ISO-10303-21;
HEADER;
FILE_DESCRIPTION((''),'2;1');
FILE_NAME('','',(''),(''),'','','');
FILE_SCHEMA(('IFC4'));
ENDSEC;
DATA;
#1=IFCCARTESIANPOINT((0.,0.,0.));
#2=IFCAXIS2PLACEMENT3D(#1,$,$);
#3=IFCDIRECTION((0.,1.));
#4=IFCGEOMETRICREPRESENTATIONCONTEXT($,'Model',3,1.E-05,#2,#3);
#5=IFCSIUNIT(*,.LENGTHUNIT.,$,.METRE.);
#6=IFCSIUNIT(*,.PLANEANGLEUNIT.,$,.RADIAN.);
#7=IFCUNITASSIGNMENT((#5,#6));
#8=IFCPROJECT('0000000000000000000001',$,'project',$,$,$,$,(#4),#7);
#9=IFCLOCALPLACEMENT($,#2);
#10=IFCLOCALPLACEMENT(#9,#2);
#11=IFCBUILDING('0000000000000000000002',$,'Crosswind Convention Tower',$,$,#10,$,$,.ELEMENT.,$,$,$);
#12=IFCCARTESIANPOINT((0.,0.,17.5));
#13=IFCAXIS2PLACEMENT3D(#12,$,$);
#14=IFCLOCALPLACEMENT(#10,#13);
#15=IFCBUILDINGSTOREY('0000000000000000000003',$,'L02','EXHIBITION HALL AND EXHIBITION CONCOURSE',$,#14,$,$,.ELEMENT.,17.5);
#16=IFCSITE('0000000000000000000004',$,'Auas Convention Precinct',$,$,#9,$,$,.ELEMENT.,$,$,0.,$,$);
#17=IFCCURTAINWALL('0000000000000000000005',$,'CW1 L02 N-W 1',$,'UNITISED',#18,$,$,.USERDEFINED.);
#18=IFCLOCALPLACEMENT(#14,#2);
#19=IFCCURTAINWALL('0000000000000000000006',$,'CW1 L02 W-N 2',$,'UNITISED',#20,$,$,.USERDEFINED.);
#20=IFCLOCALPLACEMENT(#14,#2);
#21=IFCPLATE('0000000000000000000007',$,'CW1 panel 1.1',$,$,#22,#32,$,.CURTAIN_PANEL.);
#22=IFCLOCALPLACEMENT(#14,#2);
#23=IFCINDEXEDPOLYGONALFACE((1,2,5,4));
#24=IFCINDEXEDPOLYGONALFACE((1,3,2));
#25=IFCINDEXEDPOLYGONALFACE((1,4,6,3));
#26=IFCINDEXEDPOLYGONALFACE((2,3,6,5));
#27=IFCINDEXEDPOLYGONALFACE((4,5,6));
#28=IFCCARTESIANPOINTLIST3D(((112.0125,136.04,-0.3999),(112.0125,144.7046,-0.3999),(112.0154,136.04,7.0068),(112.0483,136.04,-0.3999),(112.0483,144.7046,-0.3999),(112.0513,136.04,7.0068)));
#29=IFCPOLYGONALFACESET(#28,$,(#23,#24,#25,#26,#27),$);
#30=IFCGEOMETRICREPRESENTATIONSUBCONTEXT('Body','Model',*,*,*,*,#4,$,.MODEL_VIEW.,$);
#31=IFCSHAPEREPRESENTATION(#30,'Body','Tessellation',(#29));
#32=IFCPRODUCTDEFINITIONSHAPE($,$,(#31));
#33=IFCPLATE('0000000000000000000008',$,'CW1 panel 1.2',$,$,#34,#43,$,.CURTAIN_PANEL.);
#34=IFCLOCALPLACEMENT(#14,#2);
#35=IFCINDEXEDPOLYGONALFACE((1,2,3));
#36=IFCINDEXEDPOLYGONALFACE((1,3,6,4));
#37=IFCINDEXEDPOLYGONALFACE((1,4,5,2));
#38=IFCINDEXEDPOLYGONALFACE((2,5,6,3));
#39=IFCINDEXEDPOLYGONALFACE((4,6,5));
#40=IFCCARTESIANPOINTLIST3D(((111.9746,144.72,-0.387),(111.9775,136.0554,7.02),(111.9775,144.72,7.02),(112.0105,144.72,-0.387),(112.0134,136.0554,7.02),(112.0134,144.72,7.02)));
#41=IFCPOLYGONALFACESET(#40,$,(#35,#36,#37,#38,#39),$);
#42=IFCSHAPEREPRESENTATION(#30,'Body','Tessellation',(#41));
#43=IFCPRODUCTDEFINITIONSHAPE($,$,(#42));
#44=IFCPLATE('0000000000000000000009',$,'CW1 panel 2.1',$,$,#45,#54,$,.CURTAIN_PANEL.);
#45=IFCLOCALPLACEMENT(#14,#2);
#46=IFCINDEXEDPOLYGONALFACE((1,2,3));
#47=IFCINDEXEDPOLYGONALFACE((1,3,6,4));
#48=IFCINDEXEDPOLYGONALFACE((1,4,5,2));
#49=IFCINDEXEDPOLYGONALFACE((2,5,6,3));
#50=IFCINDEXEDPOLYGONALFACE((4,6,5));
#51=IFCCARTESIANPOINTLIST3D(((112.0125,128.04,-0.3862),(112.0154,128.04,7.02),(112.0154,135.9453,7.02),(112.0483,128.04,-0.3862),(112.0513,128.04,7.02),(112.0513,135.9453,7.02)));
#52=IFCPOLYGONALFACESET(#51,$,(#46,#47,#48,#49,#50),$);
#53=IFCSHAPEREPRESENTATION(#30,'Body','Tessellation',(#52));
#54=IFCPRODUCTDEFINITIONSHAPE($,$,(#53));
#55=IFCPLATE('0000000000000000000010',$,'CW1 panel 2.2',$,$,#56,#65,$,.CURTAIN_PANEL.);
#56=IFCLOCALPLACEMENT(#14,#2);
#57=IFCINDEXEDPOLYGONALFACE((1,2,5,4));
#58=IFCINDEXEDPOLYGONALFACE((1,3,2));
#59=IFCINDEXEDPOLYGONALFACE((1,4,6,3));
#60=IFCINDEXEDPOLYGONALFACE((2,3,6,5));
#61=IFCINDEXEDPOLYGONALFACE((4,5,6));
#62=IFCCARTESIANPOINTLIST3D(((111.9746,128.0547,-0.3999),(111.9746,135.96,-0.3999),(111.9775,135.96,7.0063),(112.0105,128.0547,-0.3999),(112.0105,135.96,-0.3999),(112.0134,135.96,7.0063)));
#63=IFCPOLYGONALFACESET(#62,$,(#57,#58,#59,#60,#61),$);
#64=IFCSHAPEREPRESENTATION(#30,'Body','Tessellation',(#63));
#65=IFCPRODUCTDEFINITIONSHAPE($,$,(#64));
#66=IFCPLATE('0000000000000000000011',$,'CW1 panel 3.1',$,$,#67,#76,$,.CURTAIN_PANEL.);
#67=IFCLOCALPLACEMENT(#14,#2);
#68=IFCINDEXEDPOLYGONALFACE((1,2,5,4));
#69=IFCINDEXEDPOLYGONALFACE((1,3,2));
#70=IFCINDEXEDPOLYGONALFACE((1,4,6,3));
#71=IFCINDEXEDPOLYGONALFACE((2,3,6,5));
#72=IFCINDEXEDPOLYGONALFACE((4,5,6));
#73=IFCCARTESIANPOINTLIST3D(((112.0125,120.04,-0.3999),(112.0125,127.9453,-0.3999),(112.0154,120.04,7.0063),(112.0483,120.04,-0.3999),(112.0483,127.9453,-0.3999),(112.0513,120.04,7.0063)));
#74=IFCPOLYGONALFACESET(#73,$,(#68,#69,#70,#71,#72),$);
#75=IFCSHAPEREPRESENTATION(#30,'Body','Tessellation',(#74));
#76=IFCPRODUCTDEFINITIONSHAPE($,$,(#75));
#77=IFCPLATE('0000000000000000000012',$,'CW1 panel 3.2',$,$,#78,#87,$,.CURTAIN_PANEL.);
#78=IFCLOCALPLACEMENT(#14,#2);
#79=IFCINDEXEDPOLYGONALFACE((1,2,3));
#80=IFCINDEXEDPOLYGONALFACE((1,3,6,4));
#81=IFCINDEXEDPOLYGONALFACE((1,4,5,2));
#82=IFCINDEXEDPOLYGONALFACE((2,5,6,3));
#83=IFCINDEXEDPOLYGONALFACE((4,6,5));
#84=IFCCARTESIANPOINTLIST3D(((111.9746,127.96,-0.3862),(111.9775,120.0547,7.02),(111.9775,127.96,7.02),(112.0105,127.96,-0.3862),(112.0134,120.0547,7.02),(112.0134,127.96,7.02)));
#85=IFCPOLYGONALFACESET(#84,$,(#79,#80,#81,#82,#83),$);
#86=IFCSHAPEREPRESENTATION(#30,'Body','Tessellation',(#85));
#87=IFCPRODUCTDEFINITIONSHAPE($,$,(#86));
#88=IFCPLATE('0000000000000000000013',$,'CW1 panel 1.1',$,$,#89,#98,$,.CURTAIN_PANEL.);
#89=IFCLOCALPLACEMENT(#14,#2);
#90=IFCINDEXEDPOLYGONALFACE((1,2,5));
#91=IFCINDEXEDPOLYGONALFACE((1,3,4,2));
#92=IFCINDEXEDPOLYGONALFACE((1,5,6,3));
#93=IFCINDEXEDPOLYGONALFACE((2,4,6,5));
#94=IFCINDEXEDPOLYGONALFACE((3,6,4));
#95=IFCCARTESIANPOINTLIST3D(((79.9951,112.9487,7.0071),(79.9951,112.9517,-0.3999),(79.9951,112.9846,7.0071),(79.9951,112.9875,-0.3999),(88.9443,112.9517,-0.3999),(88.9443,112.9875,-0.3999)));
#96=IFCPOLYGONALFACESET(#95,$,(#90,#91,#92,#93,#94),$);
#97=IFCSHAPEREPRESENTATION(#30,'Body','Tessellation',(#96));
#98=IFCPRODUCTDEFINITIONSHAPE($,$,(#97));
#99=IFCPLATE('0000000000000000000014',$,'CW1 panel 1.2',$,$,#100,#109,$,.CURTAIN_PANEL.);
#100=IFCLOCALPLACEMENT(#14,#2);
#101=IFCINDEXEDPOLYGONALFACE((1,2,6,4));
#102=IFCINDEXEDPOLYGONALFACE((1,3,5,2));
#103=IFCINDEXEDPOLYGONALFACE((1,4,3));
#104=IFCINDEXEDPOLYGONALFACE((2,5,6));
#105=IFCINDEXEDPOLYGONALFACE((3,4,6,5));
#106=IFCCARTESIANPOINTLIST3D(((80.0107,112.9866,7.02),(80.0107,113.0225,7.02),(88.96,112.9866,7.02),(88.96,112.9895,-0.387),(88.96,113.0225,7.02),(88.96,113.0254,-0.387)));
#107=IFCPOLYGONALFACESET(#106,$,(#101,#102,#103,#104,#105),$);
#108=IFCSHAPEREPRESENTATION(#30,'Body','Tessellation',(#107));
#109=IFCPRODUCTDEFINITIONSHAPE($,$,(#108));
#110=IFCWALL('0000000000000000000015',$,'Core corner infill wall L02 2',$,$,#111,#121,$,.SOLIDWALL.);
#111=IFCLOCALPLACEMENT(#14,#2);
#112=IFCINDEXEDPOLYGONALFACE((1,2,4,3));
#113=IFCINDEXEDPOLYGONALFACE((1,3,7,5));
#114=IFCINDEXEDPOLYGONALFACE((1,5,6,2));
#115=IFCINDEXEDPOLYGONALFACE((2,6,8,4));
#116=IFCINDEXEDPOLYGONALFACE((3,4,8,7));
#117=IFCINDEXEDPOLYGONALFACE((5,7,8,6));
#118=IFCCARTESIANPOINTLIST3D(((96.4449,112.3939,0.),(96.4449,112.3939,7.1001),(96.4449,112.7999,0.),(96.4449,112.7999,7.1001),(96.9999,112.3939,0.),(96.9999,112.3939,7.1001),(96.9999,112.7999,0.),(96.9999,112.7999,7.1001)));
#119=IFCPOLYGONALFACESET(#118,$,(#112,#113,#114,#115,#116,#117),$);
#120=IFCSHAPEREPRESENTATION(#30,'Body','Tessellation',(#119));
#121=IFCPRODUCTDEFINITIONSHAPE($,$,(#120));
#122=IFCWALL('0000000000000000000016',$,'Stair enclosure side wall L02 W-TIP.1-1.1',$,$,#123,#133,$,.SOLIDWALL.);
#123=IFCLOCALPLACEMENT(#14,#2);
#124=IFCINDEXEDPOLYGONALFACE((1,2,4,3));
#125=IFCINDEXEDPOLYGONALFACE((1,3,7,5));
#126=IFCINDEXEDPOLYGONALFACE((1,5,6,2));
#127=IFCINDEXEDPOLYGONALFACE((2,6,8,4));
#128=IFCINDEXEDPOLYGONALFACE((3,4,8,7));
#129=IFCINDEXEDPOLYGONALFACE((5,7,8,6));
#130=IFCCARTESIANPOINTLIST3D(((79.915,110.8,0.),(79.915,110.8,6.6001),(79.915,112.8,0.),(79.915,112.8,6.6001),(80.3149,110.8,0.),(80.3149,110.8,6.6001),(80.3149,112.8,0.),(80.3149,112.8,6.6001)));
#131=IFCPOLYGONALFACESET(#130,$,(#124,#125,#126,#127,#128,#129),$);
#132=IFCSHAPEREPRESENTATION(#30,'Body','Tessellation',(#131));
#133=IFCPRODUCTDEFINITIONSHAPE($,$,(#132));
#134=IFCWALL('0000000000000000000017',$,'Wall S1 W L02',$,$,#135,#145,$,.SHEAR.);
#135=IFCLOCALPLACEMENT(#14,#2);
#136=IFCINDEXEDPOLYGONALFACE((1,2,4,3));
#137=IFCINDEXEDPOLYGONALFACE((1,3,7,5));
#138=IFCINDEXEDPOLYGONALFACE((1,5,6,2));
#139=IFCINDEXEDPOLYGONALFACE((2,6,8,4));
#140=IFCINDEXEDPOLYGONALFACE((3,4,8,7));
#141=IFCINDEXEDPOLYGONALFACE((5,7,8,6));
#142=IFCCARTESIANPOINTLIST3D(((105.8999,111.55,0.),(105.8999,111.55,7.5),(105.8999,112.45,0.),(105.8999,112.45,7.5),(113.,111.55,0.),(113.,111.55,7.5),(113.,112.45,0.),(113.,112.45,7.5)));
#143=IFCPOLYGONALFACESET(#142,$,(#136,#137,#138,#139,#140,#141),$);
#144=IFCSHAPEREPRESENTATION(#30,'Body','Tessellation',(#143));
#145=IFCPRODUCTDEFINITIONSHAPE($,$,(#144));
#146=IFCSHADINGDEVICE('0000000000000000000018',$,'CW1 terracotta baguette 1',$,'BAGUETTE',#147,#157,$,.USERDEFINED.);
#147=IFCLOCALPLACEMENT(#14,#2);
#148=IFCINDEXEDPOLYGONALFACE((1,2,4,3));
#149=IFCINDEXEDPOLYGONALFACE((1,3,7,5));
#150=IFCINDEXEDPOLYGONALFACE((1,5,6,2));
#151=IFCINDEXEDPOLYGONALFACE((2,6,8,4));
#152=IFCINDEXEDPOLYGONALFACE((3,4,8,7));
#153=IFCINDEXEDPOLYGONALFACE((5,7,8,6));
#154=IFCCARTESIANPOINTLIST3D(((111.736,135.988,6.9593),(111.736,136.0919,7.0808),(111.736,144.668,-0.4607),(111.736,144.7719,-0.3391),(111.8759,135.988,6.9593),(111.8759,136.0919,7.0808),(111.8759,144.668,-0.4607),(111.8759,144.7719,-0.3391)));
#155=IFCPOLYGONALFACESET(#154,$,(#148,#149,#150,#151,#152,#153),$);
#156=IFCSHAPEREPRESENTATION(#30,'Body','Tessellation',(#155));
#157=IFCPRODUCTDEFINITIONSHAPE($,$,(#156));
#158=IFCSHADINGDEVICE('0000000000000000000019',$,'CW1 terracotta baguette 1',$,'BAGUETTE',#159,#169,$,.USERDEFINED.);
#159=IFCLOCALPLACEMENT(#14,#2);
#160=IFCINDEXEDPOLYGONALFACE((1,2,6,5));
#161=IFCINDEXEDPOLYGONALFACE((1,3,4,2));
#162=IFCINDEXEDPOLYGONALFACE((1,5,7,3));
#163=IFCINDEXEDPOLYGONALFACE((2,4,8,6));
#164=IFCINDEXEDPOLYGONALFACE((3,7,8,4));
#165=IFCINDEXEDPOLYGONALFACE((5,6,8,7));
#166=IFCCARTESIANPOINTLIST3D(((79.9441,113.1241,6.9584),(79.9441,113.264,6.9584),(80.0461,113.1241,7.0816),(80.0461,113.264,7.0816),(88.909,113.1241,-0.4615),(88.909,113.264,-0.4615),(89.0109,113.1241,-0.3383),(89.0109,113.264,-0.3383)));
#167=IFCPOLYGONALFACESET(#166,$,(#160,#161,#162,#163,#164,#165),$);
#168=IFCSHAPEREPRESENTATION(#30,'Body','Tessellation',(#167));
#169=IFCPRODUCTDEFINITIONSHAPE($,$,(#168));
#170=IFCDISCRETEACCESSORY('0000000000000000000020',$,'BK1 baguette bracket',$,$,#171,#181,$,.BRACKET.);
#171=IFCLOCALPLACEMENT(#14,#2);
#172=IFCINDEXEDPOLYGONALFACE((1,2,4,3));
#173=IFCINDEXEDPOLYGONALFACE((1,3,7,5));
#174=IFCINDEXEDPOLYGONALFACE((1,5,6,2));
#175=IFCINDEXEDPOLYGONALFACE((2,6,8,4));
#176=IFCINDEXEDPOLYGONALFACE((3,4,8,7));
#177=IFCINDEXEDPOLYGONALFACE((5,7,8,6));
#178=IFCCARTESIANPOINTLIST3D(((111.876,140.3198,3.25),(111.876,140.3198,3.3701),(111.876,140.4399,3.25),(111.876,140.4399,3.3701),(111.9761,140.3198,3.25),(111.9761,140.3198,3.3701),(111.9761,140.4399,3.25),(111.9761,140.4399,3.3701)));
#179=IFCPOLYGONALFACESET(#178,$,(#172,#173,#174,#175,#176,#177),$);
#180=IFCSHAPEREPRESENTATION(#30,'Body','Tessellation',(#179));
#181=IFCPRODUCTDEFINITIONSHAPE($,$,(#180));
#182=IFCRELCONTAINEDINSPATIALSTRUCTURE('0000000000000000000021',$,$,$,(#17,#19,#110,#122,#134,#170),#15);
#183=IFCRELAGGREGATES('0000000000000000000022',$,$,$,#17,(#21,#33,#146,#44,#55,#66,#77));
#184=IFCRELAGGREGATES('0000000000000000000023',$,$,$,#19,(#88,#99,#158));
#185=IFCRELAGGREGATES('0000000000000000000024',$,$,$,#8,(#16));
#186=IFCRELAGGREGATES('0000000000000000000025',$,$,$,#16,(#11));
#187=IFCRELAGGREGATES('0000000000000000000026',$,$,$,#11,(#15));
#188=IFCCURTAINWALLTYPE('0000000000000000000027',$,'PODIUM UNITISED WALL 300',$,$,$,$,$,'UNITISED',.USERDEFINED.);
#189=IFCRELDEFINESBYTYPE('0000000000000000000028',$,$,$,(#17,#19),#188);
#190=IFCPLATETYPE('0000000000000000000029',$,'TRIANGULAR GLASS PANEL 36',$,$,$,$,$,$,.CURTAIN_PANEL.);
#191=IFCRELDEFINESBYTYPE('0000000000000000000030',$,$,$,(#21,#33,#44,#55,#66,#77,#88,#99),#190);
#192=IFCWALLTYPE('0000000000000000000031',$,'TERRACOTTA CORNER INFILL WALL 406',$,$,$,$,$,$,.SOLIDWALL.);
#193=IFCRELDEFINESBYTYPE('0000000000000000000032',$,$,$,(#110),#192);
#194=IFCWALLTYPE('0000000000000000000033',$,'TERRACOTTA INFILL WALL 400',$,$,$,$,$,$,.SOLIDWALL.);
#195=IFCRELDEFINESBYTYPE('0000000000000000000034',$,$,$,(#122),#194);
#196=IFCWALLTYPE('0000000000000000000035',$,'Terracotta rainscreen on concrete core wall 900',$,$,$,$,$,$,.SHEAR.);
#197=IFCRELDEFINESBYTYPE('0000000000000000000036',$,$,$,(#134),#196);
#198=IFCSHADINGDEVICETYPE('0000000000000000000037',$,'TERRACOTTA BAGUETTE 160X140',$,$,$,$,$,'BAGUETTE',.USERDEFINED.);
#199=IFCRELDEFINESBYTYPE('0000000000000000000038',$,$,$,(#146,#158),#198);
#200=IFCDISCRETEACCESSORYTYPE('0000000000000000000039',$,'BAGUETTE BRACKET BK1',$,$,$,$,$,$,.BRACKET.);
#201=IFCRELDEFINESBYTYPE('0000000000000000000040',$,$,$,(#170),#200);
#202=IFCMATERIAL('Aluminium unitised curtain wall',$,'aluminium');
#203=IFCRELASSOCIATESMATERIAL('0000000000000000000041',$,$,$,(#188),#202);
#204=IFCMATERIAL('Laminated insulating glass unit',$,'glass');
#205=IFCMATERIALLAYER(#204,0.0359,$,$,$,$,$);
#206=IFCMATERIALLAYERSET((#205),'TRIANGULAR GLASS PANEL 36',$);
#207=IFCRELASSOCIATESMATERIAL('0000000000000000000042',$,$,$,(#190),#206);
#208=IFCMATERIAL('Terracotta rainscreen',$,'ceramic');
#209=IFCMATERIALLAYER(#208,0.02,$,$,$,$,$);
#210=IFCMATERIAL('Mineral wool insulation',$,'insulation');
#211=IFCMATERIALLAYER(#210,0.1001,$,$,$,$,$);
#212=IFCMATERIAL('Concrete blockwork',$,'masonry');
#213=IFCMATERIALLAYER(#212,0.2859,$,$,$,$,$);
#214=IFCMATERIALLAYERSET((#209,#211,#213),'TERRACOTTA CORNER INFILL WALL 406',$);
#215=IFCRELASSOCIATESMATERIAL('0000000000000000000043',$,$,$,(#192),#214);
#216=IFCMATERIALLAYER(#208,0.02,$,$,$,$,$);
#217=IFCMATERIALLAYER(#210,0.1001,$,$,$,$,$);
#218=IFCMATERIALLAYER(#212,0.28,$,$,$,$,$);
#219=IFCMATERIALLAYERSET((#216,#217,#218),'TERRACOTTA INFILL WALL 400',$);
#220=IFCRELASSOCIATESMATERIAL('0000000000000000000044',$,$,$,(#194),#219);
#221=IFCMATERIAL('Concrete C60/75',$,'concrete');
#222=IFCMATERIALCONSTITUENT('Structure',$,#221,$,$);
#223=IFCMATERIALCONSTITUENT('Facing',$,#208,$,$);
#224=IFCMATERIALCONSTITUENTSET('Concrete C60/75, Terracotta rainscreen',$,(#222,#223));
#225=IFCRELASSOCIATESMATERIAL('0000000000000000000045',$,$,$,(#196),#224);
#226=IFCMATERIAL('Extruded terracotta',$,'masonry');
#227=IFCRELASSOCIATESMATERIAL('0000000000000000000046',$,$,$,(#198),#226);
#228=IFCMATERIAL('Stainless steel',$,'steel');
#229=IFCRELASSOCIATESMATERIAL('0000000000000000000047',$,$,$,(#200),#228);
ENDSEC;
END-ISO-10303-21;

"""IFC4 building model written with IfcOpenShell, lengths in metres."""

from ifc_helpers import new_model, si_unit, direction, frame, frame_2d, origin, origin_2d, place, context, subcontext, project, spatial, polyline, rectangle, outline, extrude, material, layer, layer_set, constituent, constituent_set, material_profile, profile_set, type_object, element, aggregate, save


model = new_model("IFC4")

# Units and contexts
model_context = context("Model", 3, precision=1e-05, world=origin(), true_north=direction((0.0, 1.0)))
body_context = subcontext(model_context, "Body", "Model", "MODEL_VIEW")
ifc_project = project(units=[si_unit("LENGTHUNIT", "METRE"), si_unit("PLANEANGLEUNIT", "RADIAN")], contexts=[model_context])

# Site, building, storey
site_placement = place(None, origin())
site = spatial("IfcSite", under=ifc_project, at=site_placement, Name="Auas Convention Precinct", CompositionType="ELEMENT", RefElevation=0.0)
building_placement = place(site_placement, origin())
building = spatial("IfcBuilding", under=site, at=building_placement, Name="Crosswind Convention Tower", CompositionType="ELEMENT")
storey_placement = place(building_placement, frame((0.0, 0.0, 17.5)))
storey = spatial("IfcBuildingStorey", under=building, at=storey_placement, Name="L02", Description="EXHIBITION HALL AND EXHIBITION CONCOURSE", CompositionType="ELEMENT", Elevation=17.5)

# Curtain walls
ifc_material_1 = material(Name="Aluminium unitised curtain wall", Category="aluminium")
curtain_wall_type_1 = type_object("IfcCurtainWallType", Name="PODIUM UNITISED WALL 300", ElementType="UNITISED", PredefinedType="USERDEFINED", material=ifc_material_1)
curtain_wall_1_placement = place(storey_placement, origin())
curtain_wall_1 = element("IfcCurtainWall", 1, at=curtain_wall_1_placement, inside=storey, type_object=curtain_wall_type_1, Name="CW1 L02 N-W 1", ObjectType="UNITISED", PredefinedType="USERDEFINED")
curtain_wall_2_placement = place(storey_placement, origin())
curtain_wall_2 = element("IfcCurtainWall", 2, at=curtain_wall_2_placement, inside=storey, type_object=curtain_wall_type_1, Name="CW1 L02 W-N 2", ObjectType="UNITISED", PredefinedType="USERDEFINED")

# Plates
ifc_material_2 = material(Name="Laminated insulating glass unit", Category="glass")
ifc_layer_1 = layer(ifc_material_2, 0.0359)
ifc_layer_set_1 = layer_set([ifc_layer_1], Name="TRIANGULAR GLASS PANEL 36")
plate_type_1 = type_object("IfcPlateType", Name="TRIANGULAR GLASS PANEL 36", PredefinedType="CURTAIN_PANEL", material=ifc_layer_set_1)
plate_1_placement = place(storey_placement, frame((112.0125, 136.04, -0.3999), z_axis=(-1.0, 0.0, 0.000396), x_axis=(0.000396, 0.0, 1.0)))
plate_1 = element("IfcPlate", 3, at=plate_1_placement, type_object=plate_type_1, Name="CW1 panel 1.1", PredefinedType="CURTAIN_PANEL", context=body_context, shape_type="SweptSolid", body=[
    extrude(outline(polyline([(0.0, 0.0), (7.4067, 0.0), (0.0, 8.6646), (0.0, 0.0)])), origin(), (0.0, 0.0, -1.0), 0.0359),
])
plate_2_placement = place(storey_placement, frame((111.9775, 144.72, 7.02), z_axis=(-1.0, 0.0, 0.000396), x_axis=(-0.000396, 0.0, -1.0)))
plate_2 = element("IfcPlate", 4, at=plate_2_placement, type_object=plate_type_1, Name="CW1 panel 1.2", PredefinedType="CURTAIN_PANEL", context=body_context, shape_type="SweptSolid", body=[
    extrude(outline(polyline([(0.0, 0.0), (7.407, 0.0), (0.0, 8.6646), (0.0, 0.0)])), origin(), (0.0, 0.0, -1.0), 0.0359),
])
plate_3_placement = place(storey_placement, frame((112.0154, 128.04, 7.02), z_axis=(-1.0, 0.0, 0.000396), x_axis=(0.0, 1.0, 0.0)))
plate_3 = element("IfcPlate", 5, at=plate_3_placement, type_object=plate_type_1, Name="CW1 panel 2.1", PredefinedType="CURTAIN_PANEL", context=body_context, shape_type="SweptSolid", body=[
    extrude(outline(polyline([(0.0, 0.0), (7.9053, 0.0), (0.0, 7.4063), (0.0, 0.0)])), origin(), (0.0, 0.0, -1.0), 0.0359),
])
plate_4_placement = place(storey_placement, frame((111.9746, 135.96, -0.3999), z_axis=(-1.0, 0.0, 0.000396), x_axis=(0.0, -1.0, 0.0)))
plate_4 = element("IfcPlate", 6, at=plate_4_placement, type_object=plate_type_1, Name="CW1 panel 2.2", PredefinedType="CURTAIN_PANEL", context=body_context, shape_type="SweptSolid", body=[
    extrude(outline(polyline([(0.0, 0.0), (7.9053, 0.0), (0.0, 7.4063), (0.0, 0.0)])), origin(), (0.0, 0.0, -1.0), 0.0359),
])
plate_5_placement = place(storey_placement, frame((112.0125, 120.04, -0.3999), z_axis=(-1.0, 0.0, 0.000396), x_axis=(0.000396, 0.0, 1.0)))
plate_5 = element("IfcPlate", 7, at=plate_5_placement, type_object=plate_type_1, Name="CW1 panel 3.1", PredefinedType="CURTAIN_PANEL", context=body_context, shape_type="SweptSolid", body=[
    extrude(outline(polyline([(0.0, 0.0), (7.4063, 0.0), (0.0, 7.9053), (0.0, 0.0)])), origin(), (0.0, 0.0, -1.0), 0.0359),
])
plate_6_placement = place(storey_placement, frame((111.9775, 127.96, 7.02), z_axis=(-1.0, 0.0, 0.000396), x_axis=(-0.000396, 0.0, -1.0)))
plate_6 = element("IfcPlate", 8, at=plate_6_placement, type_object=plate_type_1, Name="CW1 panel 3.2", PredefinedType="CURTAIN_PANEL", context=body_context, shape_type="SweptSolid", body=[
    extrude(outline(polyline([(0.0, 0.0), (7.4063, 0.0), (0.0, 7.9053), (0.0, 0.0)])), origin(), (0.0, 0.0, -1.0), 0.0359),
])
plate_7_placement = place(storey_placement, frame((79.9951, 112.9875, -0.3999), z_axis=(0.0, 1.0, 0.000396), x_axis=(0.0, -0.000396, 1.0)))
plate_7 = element("IfcPlate", 9, at=plate_7_placement, type_object=plate_type_1, Name="CW1 panel 1.1", PredefinedType="CURTAIN_PANEL", context=body_context, shape_type="SweptSolid", body=[
    extrude(outline(polyline([(0.0, 0.0), (7.407, 0.0), (0.0, 8.9492), (0.0, 0.0)])), origin(), (0.0, 0.0, -1.0), 0.0359),
])
plate_8_placement = place(storey_placement, frame((88.96, 113.0225, 7.02), z_axis=(0.0, 1.0, 0.000396), x_axis=(0.0, 0.000396, -1.0)))
plate_8 = element("IfcPlate", 10, at=plate_8_placement, type_object=plate_type_1, Name="CW1 panel 1.2", PredefinedType="CURTAIN_PANEL", context=body_context, shape_type="SweptSolid", body=[
    extrude(outline(polyline([(0.0, 0.0), (7.407, 0.0), (0.0, 8.9492), (0.0, 0.0)])), origin(), (0.0, 0.0, -1.0), 0.0359),
])

# Walls
ifc_material_3 = material(Name="Terracotta rainscreen", Category="ceramic")
ifc_layer_2 = layer(ifc_material_3, 0.02)
ifc_material_4 = material(Name="Mineral wool insulation", Category="insulation")
ifc_layer_3 = layer(ifc_material_4, 0.1001)
ifc_material_5 = material(Name="Concrete blockwork", Category="masonry")
ifc_layer_4 = layer(ifc_material_5, 0.2859)
ifc_layer_set_2 = layer_set([ifc_layer_2, ifc_layer_3, ifc_layer_4], Name="TERRACOTTA CORNER INFILL WALL 406")
wall_type_1 = type_object("IfcWallType", Name="TERRACOTTA CORNER INFILL WALL 406", PredefinedType="SOLIDWALL", material=ifc_layer_set_2)
wall_1_placement = place(storey_placement, frame((96.4451, 112.5969, 0.0), z_axis=(0.0, 0.0, 1.0), x_axis=(1.0, 0.0, 0.0)))
element("IfcWall", 11, at=wall_1_placement, inside=storey, type_object=wall_type_1, Name="Core corner infill wall L02 2", PredefinedType="SOLIDWALL", context=body_context, shape_type="SweptSolid", body=[
    extrude(rectangle(XDim=0.5549, YDim=0.406, at=frame_2d((0.2773, 0.0))), origin(), (0.0, 0.0, 1.0), 7.1001),
])
ifc_layer_5 = layer(ifc_material_3, 0.02)
ifc_layer_6 = layer(ifc_material_4, 0.1001)
ifc_layer_7 = layer(ifc_material_5, 0.28)
ifc_layer_set_3 = layer_set([ifc_layer_5, ifc_layer_6, ifc_layer_7], Name="TERRACOTTA INFILL WALL 400")
wall_type_2 = type_object("IfcWallType", Name="TERRACOTTA INFILL WALL 400", PredefinedType="SOLIDWALL", material=ifc_layer_set_3)
wall_2_placement = place(storey_placement, frame((80.115, 112.8, 0.0), z_axis=(0.0, 0.0, 1.0), x_axis=(0.0, -1.0, 0.0)))
element("IfcWall", 12, at=wall_2_placement, inside=storey, type_object=wall_type_2, Name="Stair enclosure side wall L02 W-TIP.1-1.1", PredefinedType="SOLIDWALL", context=body_context, shape_type="SweptSolid", body=[
    extrude(rectangle(XDim=2.0, YDim=0.3999, at=frame_2d((1.0, 0.0))), origin(), (0.0, 0.0, 1.0), 6.6001),
])
ifc_material_6 = material(Name="Concrete C60/75", Category="concrete")
ifc_constituent_1 = constituent(ifc_material_6, Name="Structure")
ifc_constituent_2 = constituent(ifc_material_3, Name="Facing")
ifc_constituent_set = constituent_set(constituents=[ifc_constituent_1, ifc_constituent_2], Name="Concrete C60/75, Terracotta rainscreen")
wall_type_3 = type_object("IfcWallType", Name="Terracotta rainscreen on concrete core wall 900", PredefinedType="SHEAR", material=ifc_constituent_set)
wall_3_placement = place(storey_placement, frame((113.0, 112.0, 0.0), z_axis=(0.0, 0.0, 1.0), x_axis=(-1.0, 0.0, 0.0)))
element("IfcWall", 13, at=wall_3_placement, inside=storey, type_object=wall_type_3, Name="Wall S1 W L02", PredefinedType="SHEAR", context=body_context, shape_type="SweptSolid", body=[
    extrude(rectangle(XDim=7.1001, YDim=0.8999, at=frame_2d((3.55, 0.0))), origin(), (0.0, 0.0, 1.0), 7.5),
])

# Shading devices
ifc_material_7 = material(Name="Extruded terracotta", Category="masonry")
ifc_material_profile_1 = material_profile(ifc_material_7, rectangle(XDim=0.1399, YDim=0.1599, at=origin_2d()), Name="TC 140X160")
ifc_profile_set_1 = profile_set([ifc_material_profile_1], Name="Extruded terracotta")
shading_device_type = type_object("IfcShadingDeviceType", Name="TERRACOTTA BAGUETTE 160X140", ElementType="BAGUETTE", PredefinedType="USERDEFINED", material=ifc_profile_set_1)
shading_device_1_placement = place(storey_placement, frame((111.8059, 144.72, -0.3999), z_axis=(0.0, -0.760122, 0.64978), x_axis=(1.0, 0.0, 0.0)))
shading_device_1 = element("IfcShadingDevice", 14, at=shading_device_1_placement, type_object=shading_device_type, Name="CW1 terracotta baguette 1", ObjectType="BAGUETTE", PredefinedType="USERDEFINED", context=body_context, shape_type="SweptSolid", body=[
    extrude(rectangle(XDim=0.1399, YDim=0.1599, at=origin_2d()), origin(), (0.0, 0.0, 1.0), 11.4192),
])
aggregate(curtain_wall_1, [plate_1, plate_2, shading_device_1, plate_3, plate_4, plate_5, plate_6])
shading_device_2_placement = place(storey_placement, frame((88.96, 113.1941, -0.3999), z_axis=(-0.770363, 0.0, 0.637605), x_axis=(0.0, -1.0, 0.0)))
shading_device_2 = element("IfcShadingDevice", 15, at=shading_device_2_placement, type_object=shading_device_type, Name="CW1 terracotta baguette 1", ObjectType="BAGUETTE", PredefinedType="USERDEFINED", context=body_context, shape_type="SweptSolid", body=[
    extrude(rectangle(XDim=0.1399, YDim=0.1599, at=origin_2d()), origin(), (0.0, 0.0, 1.0), 11.6372),
])
aggregate(curtain_wall_2, [plate_7, plate_8, shading_device_2])

# Discrete accessory
ifc_material_8 = material(Name="Stainless steel", Category="steel")
discrete_accessory_type = type_object("IfcDiscreteAccessoryType", Name="BAGUETTE BRACKET BK1", PredefinedType="BRACKET", material=ifc_material_8)
for number, where, z_axis, x_axis, name in (
    (16, (111.926, 140.3799, 3.25), (0.0, 0.0, 1.0), (0.0, -1.0, 0.0), "BK1 baguette bracket"),
):
    element("IfcDiscreteAccessory", number, at=place(storey_placement, frame(where, z_axis=z_axis, x_axis=x_axis)), inside=storey, type_object=discrete_accessory_type, Name=name, PredefinedType="BRACKET", context=body_context, shape_type="SweptSolid", body=[
        extrude(rectangle(XDim=0.1201, YDim=0.1001, at=origin_2d()), origin(), (0.0, 0.0, 1.0), 0.1201),
    ])

save(model, "model.ifc")
